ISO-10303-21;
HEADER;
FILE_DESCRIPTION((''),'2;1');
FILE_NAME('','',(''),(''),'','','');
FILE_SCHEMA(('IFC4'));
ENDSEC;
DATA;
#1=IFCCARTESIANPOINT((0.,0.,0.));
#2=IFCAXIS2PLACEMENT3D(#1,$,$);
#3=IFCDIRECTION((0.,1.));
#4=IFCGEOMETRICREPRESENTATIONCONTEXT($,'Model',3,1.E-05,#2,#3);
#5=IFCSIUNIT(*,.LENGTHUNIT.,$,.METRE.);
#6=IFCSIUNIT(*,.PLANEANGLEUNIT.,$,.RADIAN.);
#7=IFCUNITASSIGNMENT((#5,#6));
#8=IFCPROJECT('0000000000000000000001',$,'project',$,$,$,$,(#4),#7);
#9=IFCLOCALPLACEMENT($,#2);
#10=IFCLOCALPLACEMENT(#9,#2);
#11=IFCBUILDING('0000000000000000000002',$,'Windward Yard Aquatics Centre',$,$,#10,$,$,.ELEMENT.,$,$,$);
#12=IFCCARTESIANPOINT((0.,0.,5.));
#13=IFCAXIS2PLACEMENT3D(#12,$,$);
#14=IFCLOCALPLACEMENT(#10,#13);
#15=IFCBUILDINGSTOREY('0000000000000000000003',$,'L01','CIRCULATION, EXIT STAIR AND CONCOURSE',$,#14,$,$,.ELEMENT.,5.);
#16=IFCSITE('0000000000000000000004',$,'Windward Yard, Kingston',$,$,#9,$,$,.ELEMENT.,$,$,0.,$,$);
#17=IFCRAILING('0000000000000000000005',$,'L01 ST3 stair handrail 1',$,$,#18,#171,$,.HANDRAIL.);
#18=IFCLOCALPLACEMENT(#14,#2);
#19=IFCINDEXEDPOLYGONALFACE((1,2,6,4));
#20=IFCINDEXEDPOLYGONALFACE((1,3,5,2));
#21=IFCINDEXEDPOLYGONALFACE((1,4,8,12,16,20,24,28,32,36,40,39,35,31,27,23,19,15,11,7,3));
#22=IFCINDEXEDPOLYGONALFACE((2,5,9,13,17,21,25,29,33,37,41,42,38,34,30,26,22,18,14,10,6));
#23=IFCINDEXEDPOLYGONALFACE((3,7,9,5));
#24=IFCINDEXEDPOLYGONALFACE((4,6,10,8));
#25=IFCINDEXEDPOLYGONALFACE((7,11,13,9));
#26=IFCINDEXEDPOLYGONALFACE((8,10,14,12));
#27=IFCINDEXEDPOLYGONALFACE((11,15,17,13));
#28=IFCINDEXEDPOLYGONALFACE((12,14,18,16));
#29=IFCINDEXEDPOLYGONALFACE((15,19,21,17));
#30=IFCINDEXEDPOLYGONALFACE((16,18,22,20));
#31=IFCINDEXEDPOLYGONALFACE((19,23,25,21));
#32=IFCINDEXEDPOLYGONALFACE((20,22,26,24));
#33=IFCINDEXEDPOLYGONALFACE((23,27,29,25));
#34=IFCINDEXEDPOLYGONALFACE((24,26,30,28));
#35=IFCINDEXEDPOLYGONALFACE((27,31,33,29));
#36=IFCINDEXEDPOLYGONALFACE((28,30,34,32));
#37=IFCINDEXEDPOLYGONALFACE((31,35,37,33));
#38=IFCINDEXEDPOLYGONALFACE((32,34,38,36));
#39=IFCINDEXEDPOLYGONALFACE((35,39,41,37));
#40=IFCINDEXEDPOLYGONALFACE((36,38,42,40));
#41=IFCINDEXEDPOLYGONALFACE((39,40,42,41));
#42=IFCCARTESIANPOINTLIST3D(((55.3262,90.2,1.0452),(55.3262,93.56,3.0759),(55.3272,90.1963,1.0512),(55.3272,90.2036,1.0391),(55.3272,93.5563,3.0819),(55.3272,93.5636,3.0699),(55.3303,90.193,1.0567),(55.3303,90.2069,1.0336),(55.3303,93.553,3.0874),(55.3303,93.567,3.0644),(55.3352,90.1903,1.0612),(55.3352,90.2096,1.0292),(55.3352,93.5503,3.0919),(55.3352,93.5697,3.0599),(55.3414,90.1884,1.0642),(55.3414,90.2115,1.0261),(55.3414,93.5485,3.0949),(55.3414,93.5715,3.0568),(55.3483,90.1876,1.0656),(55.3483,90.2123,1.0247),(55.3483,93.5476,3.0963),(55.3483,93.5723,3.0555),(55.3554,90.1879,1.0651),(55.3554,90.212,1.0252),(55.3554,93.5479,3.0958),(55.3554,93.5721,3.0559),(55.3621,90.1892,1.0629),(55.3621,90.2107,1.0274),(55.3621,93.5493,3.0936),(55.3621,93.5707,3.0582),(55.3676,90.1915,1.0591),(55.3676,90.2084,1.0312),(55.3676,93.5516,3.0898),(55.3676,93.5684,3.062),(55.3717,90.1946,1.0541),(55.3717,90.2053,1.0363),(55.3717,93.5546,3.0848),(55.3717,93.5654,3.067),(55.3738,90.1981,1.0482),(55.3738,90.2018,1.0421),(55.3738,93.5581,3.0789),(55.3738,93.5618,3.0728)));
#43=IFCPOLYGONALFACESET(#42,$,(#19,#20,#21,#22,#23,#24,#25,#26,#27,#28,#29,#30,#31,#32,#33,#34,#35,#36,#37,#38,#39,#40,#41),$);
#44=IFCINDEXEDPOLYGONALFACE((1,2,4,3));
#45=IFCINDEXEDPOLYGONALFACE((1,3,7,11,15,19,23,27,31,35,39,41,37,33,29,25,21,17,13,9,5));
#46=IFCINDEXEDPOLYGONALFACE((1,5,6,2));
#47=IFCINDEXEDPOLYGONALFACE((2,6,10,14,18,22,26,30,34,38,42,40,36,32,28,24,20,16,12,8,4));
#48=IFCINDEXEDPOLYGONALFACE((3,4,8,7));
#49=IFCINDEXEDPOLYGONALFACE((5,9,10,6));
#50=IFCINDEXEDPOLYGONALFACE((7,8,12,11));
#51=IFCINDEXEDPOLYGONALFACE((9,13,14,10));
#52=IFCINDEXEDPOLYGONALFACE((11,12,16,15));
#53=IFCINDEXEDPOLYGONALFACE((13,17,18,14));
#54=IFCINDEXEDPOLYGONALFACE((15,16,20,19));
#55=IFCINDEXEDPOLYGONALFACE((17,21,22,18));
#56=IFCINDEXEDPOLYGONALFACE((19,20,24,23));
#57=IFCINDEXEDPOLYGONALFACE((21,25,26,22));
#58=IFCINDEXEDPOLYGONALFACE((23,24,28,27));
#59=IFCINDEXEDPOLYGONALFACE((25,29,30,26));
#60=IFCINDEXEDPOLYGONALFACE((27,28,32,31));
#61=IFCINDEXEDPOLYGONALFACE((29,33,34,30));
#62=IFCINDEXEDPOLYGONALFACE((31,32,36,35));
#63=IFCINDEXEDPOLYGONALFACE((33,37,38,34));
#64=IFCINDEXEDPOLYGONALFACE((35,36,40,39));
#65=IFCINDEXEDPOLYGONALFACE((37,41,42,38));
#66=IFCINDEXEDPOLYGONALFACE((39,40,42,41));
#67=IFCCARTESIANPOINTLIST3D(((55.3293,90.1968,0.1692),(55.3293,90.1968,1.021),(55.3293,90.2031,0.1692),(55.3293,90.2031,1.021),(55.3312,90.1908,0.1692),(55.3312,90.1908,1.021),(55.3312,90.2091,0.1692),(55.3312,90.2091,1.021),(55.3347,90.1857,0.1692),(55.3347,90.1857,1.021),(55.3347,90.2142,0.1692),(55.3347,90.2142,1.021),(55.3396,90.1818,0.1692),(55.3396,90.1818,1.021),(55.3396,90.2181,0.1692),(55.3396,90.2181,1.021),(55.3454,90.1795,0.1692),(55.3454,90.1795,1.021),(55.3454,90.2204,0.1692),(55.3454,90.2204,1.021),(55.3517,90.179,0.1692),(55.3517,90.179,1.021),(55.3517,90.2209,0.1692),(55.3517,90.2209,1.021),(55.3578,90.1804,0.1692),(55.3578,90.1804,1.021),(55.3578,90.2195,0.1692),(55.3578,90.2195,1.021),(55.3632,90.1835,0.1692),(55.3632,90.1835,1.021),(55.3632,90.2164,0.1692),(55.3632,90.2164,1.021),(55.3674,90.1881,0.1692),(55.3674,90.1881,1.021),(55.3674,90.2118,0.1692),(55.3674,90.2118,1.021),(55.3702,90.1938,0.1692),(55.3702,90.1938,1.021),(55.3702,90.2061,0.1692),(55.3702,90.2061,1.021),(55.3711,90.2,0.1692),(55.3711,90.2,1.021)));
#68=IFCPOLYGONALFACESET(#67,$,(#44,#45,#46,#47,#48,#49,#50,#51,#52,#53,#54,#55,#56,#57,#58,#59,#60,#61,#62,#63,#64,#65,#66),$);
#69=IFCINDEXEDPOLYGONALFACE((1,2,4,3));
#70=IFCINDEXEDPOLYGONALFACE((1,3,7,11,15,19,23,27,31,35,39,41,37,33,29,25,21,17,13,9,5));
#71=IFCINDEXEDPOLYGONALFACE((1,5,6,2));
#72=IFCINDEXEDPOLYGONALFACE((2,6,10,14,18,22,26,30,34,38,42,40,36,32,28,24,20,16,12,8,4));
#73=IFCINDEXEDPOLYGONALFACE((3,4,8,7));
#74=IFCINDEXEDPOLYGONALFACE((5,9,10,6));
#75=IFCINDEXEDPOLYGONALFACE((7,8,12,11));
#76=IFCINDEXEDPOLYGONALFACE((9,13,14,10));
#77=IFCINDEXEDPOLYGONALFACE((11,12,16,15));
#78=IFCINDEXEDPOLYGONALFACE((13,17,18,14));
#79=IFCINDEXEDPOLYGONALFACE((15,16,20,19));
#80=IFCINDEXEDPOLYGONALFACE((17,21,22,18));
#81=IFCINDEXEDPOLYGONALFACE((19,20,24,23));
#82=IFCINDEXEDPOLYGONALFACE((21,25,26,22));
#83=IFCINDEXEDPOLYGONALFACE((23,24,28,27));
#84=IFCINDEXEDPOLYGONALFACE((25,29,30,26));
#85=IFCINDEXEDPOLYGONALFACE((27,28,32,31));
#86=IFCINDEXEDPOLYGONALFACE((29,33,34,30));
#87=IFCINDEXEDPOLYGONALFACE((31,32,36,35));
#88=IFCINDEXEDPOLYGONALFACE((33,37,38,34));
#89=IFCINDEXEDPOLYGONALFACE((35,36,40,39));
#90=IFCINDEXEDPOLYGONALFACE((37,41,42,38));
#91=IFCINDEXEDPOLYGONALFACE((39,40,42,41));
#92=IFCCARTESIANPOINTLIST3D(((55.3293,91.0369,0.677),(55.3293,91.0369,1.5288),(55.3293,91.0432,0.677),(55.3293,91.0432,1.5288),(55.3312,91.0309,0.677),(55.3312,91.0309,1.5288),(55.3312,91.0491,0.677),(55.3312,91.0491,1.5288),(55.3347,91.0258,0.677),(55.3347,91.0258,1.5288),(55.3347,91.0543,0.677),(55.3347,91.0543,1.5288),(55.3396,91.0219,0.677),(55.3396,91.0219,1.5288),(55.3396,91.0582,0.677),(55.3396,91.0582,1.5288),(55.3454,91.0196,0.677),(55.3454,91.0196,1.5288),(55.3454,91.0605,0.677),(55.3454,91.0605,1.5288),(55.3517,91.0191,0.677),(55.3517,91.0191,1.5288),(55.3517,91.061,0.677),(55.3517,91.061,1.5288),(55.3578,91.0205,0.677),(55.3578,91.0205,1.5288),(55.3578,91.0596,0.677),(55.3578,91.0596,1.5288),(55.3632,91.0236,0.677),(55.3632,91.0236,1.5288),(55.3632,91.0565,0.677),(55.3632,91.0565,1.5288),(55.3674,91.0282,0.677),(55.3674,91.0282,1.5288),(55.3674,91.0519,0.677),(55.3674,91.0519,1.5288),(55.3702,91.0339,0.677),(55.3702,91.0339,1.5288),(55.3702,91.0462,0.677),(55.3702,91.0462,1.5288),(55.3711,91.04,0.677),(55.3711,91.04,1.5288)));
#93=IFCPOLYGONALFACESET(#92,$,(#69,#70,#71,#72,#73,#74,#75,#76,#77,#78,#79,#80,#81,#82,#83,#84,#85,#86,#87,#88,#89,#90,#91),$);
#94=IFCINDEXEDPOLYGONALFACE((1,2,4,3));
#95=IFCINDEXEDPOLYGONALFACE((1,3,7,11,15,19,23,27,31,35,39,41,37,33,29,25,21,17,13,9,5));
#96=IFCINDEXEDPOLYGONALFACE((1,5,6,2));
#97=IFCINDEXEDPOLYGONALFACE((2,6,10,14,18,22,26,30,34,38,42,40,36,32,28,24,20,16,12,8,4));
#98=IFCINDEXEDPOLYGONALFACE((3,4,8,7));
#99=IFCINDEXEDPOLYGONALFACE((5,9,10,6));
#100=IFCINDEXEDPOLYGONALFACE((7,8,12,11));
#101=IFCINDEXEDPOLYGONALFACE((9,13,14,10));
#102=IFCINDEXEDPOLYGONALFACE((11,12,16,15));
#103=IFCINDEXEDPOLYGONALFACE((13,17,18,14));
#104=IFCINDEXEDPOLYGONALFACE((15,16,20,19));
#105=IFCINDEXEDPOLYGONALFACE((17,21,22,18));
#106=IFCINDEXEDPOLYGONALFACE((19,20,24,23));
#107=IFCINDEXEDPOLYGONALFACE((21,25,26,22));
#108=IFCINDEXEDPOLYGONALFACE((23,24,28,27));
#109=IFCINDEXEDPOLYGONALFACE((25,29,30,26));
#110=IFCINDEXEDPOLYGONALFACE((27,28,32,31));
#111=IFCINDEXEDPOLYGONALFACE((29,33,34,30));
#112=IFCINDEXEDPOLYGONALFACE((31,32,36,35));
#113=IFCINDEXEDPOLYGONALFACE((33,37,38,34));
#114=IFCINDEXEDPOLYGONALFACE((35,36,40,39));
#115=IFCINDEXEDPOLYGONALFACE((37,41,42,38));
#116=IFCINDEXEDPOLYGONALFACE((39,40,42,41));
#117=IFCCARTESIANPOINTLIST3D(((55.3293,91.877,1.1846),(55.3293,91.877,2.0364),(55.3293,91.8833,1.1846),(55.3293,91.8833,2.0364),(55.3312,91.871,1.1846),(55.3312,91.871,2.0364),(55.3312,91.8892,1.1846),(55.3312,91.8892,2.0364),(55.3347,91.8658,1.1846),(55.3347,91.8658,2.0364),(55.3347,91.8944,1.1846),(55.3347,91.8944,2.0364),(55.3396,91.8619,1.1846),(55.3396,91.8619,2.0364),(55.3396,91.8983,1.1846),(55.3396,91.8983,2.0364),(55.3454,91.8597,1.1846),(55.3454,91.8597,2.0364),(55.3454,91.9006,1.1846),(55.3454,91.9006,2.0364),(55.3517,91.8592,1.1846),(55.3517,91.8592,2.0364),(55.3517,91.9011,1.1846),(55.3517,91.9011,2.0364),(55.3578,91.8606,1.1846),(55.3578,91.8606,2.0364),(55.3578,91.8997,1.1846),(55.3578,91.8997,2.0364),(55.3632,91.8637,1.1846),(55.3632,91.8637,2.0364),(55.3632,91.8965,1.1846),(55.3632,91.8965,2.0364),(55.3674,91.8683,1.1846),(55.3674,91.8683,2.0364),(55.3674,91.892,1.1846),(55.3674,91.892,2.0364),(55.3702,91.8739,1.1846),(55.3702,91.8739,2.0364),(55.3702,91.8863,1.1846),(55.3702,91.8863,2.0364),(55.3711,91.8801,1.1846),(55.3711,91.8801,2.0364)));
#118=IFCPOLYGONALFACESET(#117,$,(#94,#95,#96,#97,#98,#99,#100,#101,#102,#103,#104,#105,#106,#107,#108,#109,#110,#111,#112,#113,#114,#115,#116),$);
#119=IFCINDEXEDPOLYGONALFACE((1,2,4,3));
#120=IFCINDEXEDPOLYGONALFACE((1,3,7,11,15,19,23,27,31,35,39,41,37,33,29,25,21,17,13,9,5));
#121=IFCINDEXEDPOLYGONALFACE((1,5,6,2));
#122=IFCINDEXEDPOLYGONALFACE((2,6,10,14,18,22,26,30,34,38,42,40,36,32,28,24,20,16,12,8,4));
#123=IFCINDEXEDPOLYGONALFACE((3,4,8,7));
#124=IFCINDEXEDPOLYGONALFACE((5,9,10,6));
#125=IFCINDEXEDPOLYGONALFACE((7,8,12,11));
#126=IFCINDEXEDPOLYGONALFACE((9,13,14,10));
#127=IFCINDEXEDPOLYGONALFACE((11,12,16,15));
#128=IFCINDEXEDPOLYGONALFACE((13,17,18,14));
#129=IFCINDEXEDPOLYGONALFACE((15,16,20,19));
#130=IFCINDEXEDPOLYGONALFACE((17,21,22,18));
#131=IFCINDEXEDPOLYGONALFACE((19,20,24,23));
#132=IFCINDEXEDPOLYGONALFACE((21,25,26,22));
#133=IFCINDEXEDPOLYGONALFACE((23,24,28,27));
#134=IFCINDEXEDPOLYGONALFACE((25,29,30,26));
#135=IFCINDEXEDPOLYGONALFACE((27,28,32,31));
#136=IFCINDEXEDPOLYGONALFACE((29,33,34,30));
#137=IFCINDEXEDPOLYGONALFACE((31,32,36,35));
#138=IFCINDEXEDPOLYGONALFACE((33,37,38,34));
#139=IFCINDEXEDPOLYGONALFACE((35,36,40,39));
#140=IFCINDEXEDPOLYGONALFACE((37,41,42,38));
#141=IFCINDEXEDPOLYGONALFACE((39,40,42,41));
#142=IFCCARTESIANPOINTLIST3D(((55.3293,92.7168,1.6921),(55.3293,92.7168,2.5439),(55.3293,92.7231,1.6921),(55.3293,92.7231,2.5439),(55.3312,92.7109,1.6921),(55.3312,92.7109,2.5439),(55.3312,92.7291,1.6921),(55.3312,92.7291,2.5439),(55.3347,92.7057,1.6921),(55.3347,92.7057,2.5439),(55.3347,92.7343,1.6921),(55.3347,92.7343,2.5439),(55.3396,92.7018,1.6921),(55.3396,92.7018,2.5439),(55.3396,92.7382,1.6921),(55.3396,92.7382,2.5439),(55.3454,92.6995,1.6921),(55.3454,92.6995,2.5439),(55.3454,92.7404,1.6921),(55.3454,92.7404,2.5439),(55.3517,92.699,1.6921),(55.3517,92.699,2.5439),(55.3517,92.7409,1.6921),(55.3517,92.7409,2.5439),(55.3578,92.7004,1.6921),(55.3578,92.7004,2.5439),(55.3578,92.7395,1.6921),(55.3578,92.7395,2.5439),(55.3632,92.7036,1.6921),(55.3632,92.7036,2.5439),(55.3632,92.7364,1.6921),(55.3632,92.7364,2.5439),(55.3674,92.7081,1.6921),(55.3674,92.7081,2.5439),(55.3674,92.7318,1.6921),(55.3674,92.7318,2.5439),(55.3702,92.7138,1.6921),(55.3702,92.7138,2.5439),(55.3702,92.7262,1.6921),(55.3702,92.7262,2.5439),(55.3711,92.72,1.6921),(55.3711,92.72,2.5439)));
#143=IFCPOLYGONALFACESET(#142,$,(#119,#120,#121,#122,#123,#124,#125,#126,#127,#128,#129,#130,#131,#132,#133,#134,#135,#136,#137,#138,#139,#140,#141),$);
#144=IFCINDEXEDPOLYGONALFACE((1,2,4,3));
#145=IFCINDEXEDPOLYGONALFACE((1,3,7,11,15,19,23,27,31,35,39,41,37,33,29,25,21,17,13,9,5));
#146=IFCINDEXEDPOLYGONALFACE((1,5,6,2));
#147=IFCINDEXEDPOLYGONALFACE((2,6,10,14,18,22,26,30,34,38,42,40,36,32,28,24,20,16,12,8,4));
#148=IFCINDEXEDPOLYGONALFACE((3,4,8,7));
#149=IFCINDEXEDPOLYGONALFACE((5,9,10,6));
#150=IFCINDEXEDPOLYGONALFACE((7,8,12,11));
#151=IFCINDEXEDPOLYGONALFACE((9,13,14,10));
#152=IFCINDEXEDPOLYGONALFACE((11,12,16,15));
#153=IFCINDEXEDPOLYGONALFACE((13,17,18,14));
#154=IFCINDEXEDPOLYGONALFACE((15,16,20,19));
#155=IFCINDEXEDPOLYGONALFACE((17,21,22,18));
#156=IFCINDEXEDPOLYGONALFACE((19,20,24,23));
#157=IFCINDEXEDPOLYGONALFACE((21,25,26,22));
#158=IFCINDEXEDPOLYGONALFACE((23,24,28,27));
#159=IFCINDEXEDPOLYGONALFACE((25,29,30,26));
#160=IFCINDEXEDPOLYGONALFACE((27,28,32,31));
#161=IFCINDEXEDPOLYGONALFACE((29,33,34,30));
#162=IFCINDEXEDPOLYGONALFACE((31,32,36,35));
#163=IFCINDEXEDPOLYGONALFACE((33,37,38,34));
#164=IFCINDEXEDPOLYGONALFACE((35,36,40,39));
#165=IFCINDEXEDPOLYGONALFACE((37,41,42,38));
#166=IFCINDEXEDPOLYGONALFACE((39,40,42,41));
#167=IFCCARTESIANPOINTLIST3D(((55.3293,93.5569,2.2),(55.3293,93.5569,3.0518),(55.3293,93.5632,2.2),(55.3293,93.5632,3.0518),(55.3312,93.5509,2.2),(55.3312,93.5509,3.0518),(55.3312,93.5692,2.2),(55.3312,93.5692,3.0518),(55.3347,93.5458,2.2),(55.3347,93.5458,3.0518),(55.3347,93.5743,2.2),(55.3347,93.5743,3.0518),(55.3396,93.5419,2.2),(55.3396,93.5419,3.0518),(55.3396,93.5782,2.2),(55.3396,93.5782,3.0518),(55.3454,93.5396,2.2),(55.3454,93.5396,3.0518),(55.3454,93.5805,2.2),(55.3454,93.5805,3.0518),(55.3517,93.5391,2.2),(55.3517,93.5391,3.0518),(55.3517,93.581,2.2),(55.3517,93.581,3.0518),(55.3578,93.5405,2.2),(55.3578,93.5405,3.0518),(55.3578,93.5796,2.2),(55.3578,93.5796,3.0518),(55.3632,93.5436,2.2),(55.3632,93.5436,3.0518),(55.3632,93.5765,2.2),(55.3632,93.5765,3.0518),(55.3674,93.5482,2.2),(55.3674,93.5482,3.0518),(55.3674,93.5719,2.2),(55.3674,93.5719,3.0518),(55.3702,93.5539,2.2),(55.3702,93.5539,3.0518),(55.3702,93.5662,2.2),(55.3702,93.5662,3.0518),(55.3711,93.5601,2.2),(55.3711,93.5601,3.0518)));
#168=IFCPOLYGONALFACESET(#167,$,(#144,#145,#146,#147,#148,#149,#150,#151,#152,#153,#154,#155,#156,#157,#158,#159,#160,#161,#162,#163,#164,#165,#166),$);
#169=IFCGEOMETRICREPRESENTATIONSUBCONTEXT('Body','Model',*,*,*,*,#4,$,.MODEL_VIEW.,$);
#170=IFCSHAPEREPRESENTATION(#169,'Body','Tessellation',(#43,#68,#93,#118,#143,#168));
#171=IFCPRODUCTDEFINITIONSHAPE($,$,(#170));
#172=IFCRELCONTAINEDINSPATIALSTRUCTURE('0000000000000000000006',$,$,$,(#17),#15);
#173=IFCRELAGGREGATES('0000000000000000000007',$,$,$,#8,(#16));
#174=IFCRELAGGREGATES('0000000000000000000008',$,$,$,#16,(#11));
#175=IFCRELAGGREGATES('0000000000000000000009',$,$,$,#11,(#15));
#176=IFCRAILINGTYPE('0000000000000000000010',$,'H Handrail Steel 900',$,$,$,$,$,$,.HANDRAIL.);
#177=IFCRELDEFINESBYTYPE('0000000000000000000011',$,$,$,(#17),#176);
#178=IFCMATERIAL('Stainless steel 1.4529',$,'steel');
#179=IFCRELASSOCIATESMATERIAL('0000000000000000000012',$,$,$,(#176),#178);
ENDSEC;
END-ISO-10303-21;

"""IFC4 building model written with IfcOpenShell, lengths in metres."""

from ifc_helpers import new_model, si_unit, direction, frame, origin, origin_2d, place, context, subcontext, project, spatial, circle, extrude, material, type_object, element, save


model = new_model("IFC4")

# Units and contexts
model_context = context("Model", 3, precision=1e-05, world=origin(), true_north=direction((0.0, 1.0)))
body_context = subcontext(model_context, "Body", "Model", "MODEL_VIEW")
ifc_project = project(units=[si_unit("LENGTHUNIT", "METRE"), si_unit("PLANEANGLEUNIT", "RADIAN")], contexts=[model_context])

# Site, building, storey
site_placement = place(None, origin())
site = spatial("IfcSite", under=ifc_project, at=site_placement, Name="Windward Yard, Kingston", CompositionType="ELEMENT", RefElevation=0.0)
building_placement = place(site_placement, origin())
building = spatial("IfcBuilding", under=site, at=building_placement, Name="Windward Yard Aquatics Centre", CompositionType="ELEMENT")
storey_placement = place(building_placement, frame((0.0, 0.0, 5.0)))
storey = spatial("IfcBuildingStorey", under=building, at=storey_placement, Name="L01", Description="CIRCULATION, EXIT STAIR AND CONCOURSE", CompositionType="ELEMENT", Elevation=5.0)

# Railing
ifc_material_1 = material(Name="Stainless steel 1.4529", Category="steel")
railing_type_1 = type_object("IfcRailingType", Name="H Handrail Steel 900", PredefinedType="HANDRAIL", material=ifc_material_1)
railing_1_placement = place(storey_placement, frame((55.3501, 90.2, 0.1692)))
element("IfcRailing", 1, at=railing_1_placement, inside=storey, type_object=railing_type_1, Name="L01 ST3 stair handrail 1", PredefinedType="HANDRAIL", context=body_context, shape_type="SweptSolid", body=[
    extrude(circle(Radius=0.0239, at=origin_2d()), frame((0.0, 0.0, 0.876), z_axis=(0.0, 0.855837, 0.517246), x_axis=(-1.0, 0.0, 0.0)), (0.0, 0.0, 1.0), 3.926),
    extrude(circle(Radius=0.021, at=origin_2d()), origin(), (0.0, 0.0, 1.0), 0.8518),
    extrude(circle(Radius=0.021, at=origin_2d()), frame((0.0, 0.8401, 0.5078)), (0.0, 0.0, 1.0), 0.8518),
    extrude(circle(Radius=0.021, at=origin_2d()), frame((0.0, 1.6802, 1.0154)), (0.0, 0.0, 1.0), 0.8518),
    extrude(circle(Radius=0.021, at=origin_2d()), frame((0.0, 2.52, 1.5229)), (0.0, 0.0, 1.0), 0.8518),
    extrude(circle(Radius=0.021, at=origin_2d()), frame((0.0, 3.3601, 2.0308)), (0.0, 0.0, 1.0), 0.8518),
])

save(model, "model.ifc")
